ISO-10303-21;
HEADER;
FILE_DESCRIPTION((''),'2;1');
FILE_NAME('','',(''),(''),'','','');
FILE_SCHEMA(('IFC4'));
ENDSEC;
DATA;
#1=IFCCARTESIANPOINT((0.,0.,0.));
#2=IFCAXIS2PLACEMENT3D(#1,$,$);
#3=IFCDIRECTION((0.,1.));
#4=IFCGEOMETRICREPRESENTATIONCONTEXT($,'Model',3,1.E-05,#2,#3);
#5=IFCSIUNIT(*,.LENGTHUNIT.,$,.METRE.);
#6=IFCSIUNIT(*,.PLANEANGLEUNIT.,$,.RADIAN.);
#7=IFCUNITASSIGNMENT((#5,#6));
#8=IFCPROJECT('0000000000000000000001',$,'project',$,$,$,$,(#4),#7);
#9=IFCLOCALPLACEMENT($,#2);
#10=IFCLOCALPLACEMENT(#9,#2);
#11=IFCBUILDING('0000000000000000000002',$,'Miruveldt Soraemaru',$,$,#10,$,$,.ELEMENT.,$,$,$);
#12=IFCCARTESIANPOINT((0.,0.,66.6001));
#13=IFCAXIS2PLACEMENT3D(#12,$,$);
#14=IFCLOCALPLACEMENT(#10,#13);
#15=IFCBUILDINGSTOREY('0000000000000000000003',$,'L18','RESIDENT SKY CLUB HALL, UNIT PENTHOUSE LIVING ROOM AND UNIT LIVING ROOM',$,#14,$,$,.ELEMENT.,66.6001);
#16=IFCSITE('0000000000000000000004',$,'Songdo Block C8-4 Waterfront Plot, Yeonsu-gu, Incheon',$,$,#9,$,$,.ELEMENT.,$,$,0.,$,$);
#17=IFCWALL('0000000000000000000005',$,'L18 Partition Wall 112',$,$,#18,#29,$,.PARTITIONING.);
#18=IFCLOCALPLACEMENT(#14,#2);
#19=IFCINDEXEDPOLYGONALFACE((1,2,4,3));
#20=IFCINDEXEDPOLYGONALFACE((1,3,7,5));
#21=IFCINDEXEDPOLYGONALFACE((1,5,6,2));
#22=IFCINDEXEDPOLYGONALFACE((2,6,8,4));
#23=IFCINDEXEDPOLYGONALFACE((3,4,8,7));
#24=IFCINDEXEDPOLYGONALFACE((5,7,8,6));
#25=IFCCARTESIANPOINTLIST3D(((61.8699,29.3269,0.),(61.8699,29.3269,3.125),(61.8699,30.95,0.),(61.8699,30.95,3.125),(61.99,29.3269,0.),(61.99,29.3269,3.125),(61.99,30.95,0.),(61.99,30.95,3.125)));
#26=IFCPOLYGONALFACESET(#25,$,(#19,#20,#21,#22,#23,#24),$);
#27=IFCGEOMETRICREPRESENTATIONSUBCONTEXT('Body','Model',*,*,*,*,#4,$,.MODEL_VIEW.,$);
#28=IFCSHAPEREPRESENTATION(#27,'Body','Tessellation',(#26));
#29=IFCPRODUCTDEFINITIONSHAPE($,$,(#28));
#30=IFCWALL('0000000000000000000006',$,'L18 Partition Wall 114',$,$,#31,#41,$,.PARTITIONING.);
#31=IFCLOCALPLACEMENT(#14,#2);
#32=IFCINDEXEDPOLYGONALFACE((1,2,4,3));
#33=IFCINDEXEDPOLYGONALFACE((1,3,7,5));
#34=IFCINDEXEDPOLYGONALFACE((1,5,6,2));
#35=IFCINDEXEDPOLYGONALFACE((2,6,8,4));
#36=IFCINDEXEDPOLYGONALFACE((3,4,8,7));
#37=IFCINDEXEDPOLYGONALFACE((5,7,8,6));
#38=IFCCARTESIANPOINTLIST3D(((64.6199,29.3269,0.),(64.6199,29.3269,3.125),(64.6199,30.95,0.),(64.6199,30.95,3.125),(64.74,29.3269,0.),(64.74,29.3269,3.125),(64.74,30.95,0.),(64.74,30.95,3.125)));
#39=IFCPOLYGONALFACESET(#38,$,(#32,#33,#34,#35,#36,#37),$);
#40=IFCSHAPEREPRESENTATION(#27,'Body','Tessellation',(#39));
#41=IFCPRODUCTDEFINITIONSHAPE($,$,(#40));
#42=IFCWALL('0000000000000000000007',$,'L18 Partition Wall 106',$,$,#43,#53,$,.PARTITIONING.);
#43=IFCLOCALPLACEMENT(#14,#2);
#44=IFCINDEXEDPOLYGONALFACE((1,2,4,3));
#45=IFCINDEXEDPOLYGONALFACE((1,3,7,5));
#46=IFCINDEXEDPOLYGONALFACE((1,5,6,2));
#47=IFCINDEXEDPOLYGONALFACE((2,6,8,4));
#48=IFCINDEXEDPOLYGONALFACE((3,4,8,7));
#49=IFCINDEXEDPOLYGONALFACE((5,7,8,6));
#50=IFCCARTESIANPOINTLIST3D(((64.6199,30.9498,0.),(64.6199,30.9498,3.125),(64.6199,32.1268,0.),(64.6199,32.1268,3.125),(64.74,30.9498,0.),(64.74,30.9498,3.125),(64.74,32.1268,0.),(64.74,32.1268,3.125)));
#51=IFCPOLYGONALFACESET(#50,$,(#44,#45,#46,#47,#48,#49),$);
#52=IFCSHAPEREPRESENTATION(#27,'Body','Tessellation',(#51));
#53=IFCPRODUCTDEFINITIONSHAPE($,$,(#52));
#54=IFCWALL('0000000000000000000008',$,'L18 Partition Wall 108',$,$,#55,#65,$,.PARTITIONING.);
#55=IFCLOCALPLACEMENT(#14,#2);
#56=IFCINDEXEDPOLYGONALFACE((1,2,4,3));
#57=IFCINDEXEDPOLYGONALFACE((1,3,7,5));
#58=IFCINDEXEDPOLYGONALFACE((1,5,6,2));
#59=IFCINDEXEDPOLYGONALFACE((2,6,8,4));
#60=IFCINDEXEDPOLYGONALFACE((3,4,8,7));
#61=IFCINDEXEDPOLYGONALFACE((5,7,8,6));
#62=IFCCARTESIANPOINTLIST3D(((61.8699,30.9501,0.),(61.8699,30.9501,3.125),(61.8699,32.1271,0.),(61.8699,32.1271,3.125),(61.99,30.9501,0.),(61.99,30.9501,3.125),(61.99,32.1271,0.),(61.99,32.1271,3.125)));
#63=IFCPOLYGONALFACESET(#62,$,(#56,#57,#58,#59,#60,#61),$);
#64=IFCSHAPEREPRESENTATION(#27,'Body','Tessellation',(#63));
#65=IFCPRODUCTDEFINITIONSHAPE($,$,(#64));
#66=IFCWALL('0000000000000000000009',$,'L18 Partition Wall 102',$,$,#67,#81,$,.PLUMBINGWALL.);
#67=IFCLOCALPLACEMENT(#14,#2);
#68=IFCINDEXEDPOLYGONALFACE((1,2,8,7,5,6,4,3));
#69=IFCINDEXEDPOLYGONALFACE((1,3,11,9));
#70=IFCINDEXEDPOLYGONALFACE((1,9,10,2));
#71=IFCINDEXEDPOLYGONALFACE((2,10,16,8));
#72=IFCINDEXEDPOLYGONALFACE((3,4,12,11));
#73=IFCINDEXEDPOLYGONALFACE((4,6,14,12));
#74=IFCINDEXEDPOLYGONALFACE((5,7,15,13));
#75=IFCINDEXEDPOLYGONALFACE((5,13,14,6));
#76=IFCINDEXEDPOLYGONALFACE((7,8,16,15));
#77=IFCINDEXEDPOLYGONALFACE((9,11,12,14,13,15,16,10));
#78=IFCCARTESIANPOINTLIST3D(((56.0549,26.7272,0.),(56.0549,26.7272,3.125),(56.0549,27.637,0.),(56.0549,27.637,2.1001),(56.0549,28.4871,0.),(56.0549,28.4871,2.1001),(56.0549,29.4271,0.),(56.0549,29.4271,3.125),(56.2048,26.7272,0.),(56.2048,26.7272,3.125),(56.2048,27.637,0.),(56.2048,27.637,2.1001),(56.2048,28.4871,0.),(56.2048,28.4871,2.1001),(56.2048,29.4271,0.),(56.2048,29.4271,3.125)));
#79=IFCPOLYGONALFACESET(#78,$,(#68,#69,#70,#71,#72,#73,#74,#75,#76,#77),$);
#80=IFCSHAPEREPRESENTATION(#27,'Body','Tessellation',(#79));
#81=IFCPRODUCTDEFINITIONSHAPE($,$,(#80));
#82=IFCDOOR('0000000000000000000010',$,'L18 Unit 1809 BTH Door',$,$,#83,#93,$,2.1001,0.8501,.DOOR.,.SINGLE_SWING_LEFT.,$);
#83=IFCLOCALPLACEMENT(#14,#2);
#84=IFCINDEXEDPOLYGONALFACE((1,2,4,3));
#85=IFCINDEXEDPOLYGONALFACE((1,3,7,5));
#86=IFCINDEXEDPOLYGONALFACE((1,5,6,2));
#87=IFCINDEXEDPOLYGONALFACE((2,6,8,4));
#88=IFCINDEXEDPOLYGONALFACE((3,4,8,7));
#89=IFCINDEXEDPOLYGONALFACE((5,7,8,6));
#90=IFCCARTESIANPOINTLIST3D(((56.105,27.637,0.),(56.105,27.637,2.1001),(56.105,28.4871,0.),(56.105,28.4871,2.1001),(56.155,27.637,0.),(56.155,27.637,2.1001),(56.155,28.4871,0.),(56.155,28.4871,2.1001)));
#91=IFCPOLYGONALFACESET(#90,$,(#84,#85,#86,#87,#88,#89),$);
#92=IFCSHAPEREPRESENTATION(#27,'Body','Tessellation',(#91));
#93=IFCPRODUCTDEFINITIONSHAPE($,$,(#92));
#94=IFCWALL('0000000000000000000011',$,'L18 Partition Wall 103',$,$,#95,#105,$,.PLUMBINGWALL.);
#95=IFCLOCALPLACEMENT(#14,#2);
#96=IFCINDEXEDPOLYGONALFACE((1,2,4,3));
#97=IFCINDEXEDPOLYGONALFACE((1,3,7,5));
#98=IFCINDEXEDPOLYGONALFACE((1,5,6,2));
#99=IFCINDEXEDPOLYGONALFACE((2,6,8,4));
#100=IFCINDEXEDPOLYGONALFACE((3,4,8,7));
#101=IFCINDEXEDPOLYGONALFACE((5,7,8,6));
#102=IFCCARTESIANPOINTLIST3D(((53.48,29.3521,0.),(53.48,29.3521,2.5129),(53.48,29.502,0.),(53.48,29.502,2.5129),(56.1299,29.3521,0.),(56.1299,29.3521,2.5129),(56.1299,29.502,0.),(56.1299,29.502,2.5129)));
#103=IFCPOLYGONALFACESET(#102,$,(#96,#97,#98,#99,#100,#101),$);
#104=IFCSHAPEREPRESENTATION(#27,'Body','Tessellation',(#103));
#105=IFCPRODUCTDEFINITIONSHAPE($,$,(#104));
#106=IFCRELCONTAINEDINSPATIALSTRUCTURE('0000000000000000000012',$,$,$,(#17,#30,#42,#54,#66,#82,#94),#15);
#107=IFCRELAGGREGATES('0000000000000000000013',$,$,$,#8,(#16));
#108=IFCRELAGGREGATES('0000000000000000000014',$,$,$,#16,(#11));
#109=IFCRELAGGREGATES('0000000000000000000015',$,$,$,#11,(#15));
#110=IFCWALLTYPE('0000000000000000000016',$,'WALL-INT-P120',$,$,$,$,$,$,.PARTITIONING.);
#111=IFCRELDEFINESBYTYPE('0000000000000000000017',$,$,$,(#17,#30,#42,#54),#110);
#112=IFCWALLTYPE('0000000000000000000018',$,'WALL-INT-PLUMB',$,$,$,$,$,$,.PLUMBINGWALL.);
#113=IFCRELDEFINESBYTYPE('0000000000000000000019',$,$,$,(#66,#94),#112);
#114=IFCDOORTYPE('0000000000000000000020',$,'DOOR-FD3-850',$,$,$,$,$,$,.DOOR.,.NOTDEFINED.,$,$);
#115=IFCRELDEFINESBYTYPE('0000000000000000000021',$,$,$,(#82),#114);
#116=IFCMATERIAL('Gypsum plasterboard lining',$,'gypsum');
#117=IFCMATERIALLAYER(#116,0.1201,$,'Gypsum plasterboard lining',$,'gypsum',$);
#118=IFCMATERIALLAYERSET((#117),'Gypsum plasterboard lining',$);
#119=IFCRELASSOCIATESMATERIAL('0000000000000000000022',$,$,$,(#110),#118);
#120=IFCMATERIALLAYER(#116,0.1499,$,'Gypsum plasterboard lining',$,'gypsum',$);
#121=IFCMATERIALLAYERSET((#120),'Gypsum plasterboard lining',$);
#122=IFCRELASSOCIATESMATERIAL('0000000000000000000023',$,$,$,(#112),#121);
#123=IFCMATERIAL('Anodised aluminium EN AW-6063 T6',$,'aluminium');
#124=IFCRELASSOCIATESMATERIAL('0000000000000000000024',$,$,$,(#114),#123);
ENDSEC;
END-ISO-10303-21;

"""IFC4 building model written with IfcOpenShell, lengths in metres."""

from ifc_helpers import new_model, si_unit, direction, frame, frame_2d, origin, place, context, subcontext, project, spatial, rectangle, extrude, material, layer, layer_set, type_object, element, fill, save


model = new_model("IFC4")

# Units and contexts
model_context = context("Model", 3, precision=1e-05, world=origin(), true_north=direction((0.0, 1.0)))
body_context = subcontext(model_context, "Body", "Model", "MODEL_VIEW")
ifc_project = project(units=[si_unit("LENGTHUNIT", "METRE"), si_unit("PLANEANGLEUNIT", "RADIAN")], contexts=[model_context])

# Site, building, storey
site_placement = place(None, origin())
site = spatial("IfcSite", under=ifc_project, at=site_placement, Name="Songdo Block C8-4 Waterfront Plot, Yeonsu-gu, Incheon", CompositionType="ELEMENT", RefElevation=0.0)
building_placement = place(site_placement, origin())
building = spatial("IfcBuilding", under=site, at=building_placement, Name="Miruveldt Soraemaru", CompositionType="ELEMENT")
storey_placement = place(building_placement, frame((0.0, 0.0, 66.6001)))
storey = spatial("IfcBuildingStorey", under=building, at=storey_placement, Name="L18", Description="RESIDENT SKY CLUB HALL, UNIT PENTHOUSE LIVING ROOM AND UNIT LIVING ROOM", CompositionType="ELEMENT", Elevation=66.6001)

# Shared definitions
ifc_material_1 = material(Name="Gypsum plasterboard lining", Category="gypsum")
ifc_layer_1 = layer(ifc_material_1, 0.1201, Name="Gypsum plasterboard lining", Category="gypsum")
ifc_layer_set_1 = layer_set([ifc_layer_1], Name="Gypsum plasterboard lining")
wall_type_1 = type_object("IfcWallType", Name="WALL-INT-P120", PredefinedType="PARTITIONING", material=ifc_layer_set_1)
ifc_material_2 = material(Name="Anodised aluminium EN AW-6063 T6", Category="aluminium")

# Walls
for number, where, z_axis, x_axis, name in (
    (1, (61.9299, 30.95, 0.0), (0.0, 0.0, 1.0), (0.0, -1.0, 0.0), "L18 Partition Wall 112"),
    (2, (64.6799, 29.3269, 0.0), (0.0, 0.0, 1.0), (0.0, 1.0, 0.0), "L18 Partition Wall 114"),
):
    element("IfcWall", number, at=place(storey_placement, frame(where, z_axis=z_axis, x_axis=x_axis)), inside=storey, type_object=wall_type_1, Name=name, PredefinedType="PARTITIONING", context=body_context, shape_type="SweptSolid", body=[
        extrude(rectangle(XDim=1.623, YDim=0.1201, at=frame_2d((0.8115, 0.0))), origin(), (0.0, 0.0, 1.0), 3.125),
    ])
for number, where, z_axis, x_axis, name in (
    (3, (64.6799, 30.95, 0.0), (0.0, 0.0, 1.0), (0.0, 1.0, 0.0), "L18 Partition Wall 106"),
    (4, (61.9299, 32.127, 0.0), (0.0, 0.0, 1.0), (0.0, -1.0, 0.0), "L18 Partition Wall 108"),
):
    element("IfcWall", number, at=place(storey_placement, frame(where, z_axis=z_axis, x_axis=x_axis)), inside=storey, type_object=wall_type_1, Name=name, PredefinedType="PARTITIONING", context=body_context, shape_type="SweptSolid", body=[
        extrude(rectangle(XDim=1.177, YDim=0.1201, at=frame_2d((0.5884, 0.0))), origin(), (0.0, 0.0, 1.0), 3.125),
    ])

# Wall, opening, door
ifc_layer_2 = layer(ifc_material_1, 0.1499, Name="Gypsum plasterboard lining", Category="gypsum")
ifc_layer_set_2 = layer_set([ifc_layer_2], Name="Gypsum plasterboard lining")
wall_type_2 = type_object("IfcWallType", Name="WALL-INT-PLUMB", PredefinedType="PLUMBINGWALL", material=ifc_layer_set_2)
wall_1_placement = place(storey_placement, frame((56.1299, 26.7271, 0.0), z_axis=(0.0, 0.0, 1.0), x_axis=(0.0, 1.0, 0.0)))
wall_1 = element("IfcWall", 5, at=wall_1_placement, inside=storey, type_object=wall_type_2, Name="L18 Partition Wall 102", PredefinedType="PLUMBINGWALL", context=body_context, shape_type="SweptSolid", body=[
    extrude(rectangle(XDim=2.7, YDim=0.1499, at=frame_2d((1.3501, 0.0))), origin(), (0.0, 0.0, 1.0), 3.125),
])
opening_1_placement = place(wall_1_placement, frame((0.9099, 0.0, 0.0)))
opening_1 = element("IfcOpeningElement", 6, at=opening_1_placement, cuts=wall_1, PredefinedType="OPENING", context=body_context, shape_type="SweptSolid", body=[
    extrude(rectangle(XDim=0.8501, YDim=2.1001, at=frame_2d((0.425, 1.05))), frame((0.0, 0.085, 0.0), z_axis=(0.0, -1.0, 0.0), x_axis=(1.0, 0.0, 0.0)), (0.0, 0.0, 1.0), 0.1699),
])
door_type_1 = type_object("IfcDoorType", Name="DOOR-FD3-850", OperationType="NOTDEFINED", PredefinedType="DOOR", material=ifc_material_2)
door_1_placement = place(opening_1_placement, origin())
door_1 = element("IfcDoor", 7, at=door_1_placement, inside=storey, type_object=door_type_1, Name="L18 Unit 1809 BTH Door", OperationType="SINGLE_SWING_LEFT", OverallHeight=2.1001, OverallWidth=0.8501, PredefinedType="DOOR", context=body_context, shape_type="SweptSolid", body=[
    extrude(rectangle(XDim=0.8501, YDim=2.1001, at=frame_2d((0.425, 1.05))), frame((0.0, 0.0249, 0.0), z_axis=(0.0, -1.0, 0.0), x_axis=(1.0, 0.0, 0.0)), (0.0, 0.0, 1.0), 0.05),
])
fill(opening_1, door_1)

# Wall
wall_2_placement = place(storey_placement, frame((56.1299, 29.427, 0.0), z_axis=(0.0, 0.0, 1.0), x_axis=(-1.0, 0.0, 0.0)))
element("IfcWall", 8, at=wall_2_placement, inside=storey, type_object=wall_type_2, Name="L18 Partition Wall 103", PredefinedType="PLUMBINGWALL", context=body_context, shape_type="SweptSolid", body=[
    extrude(rectangle(XDim=2.6499, YDim=0.1499, at=frame_2d((1.325, 0.0))), origin(), (0.0, 0.0, 1.0), 2.5129),
])

save(model, "model.ifc")
